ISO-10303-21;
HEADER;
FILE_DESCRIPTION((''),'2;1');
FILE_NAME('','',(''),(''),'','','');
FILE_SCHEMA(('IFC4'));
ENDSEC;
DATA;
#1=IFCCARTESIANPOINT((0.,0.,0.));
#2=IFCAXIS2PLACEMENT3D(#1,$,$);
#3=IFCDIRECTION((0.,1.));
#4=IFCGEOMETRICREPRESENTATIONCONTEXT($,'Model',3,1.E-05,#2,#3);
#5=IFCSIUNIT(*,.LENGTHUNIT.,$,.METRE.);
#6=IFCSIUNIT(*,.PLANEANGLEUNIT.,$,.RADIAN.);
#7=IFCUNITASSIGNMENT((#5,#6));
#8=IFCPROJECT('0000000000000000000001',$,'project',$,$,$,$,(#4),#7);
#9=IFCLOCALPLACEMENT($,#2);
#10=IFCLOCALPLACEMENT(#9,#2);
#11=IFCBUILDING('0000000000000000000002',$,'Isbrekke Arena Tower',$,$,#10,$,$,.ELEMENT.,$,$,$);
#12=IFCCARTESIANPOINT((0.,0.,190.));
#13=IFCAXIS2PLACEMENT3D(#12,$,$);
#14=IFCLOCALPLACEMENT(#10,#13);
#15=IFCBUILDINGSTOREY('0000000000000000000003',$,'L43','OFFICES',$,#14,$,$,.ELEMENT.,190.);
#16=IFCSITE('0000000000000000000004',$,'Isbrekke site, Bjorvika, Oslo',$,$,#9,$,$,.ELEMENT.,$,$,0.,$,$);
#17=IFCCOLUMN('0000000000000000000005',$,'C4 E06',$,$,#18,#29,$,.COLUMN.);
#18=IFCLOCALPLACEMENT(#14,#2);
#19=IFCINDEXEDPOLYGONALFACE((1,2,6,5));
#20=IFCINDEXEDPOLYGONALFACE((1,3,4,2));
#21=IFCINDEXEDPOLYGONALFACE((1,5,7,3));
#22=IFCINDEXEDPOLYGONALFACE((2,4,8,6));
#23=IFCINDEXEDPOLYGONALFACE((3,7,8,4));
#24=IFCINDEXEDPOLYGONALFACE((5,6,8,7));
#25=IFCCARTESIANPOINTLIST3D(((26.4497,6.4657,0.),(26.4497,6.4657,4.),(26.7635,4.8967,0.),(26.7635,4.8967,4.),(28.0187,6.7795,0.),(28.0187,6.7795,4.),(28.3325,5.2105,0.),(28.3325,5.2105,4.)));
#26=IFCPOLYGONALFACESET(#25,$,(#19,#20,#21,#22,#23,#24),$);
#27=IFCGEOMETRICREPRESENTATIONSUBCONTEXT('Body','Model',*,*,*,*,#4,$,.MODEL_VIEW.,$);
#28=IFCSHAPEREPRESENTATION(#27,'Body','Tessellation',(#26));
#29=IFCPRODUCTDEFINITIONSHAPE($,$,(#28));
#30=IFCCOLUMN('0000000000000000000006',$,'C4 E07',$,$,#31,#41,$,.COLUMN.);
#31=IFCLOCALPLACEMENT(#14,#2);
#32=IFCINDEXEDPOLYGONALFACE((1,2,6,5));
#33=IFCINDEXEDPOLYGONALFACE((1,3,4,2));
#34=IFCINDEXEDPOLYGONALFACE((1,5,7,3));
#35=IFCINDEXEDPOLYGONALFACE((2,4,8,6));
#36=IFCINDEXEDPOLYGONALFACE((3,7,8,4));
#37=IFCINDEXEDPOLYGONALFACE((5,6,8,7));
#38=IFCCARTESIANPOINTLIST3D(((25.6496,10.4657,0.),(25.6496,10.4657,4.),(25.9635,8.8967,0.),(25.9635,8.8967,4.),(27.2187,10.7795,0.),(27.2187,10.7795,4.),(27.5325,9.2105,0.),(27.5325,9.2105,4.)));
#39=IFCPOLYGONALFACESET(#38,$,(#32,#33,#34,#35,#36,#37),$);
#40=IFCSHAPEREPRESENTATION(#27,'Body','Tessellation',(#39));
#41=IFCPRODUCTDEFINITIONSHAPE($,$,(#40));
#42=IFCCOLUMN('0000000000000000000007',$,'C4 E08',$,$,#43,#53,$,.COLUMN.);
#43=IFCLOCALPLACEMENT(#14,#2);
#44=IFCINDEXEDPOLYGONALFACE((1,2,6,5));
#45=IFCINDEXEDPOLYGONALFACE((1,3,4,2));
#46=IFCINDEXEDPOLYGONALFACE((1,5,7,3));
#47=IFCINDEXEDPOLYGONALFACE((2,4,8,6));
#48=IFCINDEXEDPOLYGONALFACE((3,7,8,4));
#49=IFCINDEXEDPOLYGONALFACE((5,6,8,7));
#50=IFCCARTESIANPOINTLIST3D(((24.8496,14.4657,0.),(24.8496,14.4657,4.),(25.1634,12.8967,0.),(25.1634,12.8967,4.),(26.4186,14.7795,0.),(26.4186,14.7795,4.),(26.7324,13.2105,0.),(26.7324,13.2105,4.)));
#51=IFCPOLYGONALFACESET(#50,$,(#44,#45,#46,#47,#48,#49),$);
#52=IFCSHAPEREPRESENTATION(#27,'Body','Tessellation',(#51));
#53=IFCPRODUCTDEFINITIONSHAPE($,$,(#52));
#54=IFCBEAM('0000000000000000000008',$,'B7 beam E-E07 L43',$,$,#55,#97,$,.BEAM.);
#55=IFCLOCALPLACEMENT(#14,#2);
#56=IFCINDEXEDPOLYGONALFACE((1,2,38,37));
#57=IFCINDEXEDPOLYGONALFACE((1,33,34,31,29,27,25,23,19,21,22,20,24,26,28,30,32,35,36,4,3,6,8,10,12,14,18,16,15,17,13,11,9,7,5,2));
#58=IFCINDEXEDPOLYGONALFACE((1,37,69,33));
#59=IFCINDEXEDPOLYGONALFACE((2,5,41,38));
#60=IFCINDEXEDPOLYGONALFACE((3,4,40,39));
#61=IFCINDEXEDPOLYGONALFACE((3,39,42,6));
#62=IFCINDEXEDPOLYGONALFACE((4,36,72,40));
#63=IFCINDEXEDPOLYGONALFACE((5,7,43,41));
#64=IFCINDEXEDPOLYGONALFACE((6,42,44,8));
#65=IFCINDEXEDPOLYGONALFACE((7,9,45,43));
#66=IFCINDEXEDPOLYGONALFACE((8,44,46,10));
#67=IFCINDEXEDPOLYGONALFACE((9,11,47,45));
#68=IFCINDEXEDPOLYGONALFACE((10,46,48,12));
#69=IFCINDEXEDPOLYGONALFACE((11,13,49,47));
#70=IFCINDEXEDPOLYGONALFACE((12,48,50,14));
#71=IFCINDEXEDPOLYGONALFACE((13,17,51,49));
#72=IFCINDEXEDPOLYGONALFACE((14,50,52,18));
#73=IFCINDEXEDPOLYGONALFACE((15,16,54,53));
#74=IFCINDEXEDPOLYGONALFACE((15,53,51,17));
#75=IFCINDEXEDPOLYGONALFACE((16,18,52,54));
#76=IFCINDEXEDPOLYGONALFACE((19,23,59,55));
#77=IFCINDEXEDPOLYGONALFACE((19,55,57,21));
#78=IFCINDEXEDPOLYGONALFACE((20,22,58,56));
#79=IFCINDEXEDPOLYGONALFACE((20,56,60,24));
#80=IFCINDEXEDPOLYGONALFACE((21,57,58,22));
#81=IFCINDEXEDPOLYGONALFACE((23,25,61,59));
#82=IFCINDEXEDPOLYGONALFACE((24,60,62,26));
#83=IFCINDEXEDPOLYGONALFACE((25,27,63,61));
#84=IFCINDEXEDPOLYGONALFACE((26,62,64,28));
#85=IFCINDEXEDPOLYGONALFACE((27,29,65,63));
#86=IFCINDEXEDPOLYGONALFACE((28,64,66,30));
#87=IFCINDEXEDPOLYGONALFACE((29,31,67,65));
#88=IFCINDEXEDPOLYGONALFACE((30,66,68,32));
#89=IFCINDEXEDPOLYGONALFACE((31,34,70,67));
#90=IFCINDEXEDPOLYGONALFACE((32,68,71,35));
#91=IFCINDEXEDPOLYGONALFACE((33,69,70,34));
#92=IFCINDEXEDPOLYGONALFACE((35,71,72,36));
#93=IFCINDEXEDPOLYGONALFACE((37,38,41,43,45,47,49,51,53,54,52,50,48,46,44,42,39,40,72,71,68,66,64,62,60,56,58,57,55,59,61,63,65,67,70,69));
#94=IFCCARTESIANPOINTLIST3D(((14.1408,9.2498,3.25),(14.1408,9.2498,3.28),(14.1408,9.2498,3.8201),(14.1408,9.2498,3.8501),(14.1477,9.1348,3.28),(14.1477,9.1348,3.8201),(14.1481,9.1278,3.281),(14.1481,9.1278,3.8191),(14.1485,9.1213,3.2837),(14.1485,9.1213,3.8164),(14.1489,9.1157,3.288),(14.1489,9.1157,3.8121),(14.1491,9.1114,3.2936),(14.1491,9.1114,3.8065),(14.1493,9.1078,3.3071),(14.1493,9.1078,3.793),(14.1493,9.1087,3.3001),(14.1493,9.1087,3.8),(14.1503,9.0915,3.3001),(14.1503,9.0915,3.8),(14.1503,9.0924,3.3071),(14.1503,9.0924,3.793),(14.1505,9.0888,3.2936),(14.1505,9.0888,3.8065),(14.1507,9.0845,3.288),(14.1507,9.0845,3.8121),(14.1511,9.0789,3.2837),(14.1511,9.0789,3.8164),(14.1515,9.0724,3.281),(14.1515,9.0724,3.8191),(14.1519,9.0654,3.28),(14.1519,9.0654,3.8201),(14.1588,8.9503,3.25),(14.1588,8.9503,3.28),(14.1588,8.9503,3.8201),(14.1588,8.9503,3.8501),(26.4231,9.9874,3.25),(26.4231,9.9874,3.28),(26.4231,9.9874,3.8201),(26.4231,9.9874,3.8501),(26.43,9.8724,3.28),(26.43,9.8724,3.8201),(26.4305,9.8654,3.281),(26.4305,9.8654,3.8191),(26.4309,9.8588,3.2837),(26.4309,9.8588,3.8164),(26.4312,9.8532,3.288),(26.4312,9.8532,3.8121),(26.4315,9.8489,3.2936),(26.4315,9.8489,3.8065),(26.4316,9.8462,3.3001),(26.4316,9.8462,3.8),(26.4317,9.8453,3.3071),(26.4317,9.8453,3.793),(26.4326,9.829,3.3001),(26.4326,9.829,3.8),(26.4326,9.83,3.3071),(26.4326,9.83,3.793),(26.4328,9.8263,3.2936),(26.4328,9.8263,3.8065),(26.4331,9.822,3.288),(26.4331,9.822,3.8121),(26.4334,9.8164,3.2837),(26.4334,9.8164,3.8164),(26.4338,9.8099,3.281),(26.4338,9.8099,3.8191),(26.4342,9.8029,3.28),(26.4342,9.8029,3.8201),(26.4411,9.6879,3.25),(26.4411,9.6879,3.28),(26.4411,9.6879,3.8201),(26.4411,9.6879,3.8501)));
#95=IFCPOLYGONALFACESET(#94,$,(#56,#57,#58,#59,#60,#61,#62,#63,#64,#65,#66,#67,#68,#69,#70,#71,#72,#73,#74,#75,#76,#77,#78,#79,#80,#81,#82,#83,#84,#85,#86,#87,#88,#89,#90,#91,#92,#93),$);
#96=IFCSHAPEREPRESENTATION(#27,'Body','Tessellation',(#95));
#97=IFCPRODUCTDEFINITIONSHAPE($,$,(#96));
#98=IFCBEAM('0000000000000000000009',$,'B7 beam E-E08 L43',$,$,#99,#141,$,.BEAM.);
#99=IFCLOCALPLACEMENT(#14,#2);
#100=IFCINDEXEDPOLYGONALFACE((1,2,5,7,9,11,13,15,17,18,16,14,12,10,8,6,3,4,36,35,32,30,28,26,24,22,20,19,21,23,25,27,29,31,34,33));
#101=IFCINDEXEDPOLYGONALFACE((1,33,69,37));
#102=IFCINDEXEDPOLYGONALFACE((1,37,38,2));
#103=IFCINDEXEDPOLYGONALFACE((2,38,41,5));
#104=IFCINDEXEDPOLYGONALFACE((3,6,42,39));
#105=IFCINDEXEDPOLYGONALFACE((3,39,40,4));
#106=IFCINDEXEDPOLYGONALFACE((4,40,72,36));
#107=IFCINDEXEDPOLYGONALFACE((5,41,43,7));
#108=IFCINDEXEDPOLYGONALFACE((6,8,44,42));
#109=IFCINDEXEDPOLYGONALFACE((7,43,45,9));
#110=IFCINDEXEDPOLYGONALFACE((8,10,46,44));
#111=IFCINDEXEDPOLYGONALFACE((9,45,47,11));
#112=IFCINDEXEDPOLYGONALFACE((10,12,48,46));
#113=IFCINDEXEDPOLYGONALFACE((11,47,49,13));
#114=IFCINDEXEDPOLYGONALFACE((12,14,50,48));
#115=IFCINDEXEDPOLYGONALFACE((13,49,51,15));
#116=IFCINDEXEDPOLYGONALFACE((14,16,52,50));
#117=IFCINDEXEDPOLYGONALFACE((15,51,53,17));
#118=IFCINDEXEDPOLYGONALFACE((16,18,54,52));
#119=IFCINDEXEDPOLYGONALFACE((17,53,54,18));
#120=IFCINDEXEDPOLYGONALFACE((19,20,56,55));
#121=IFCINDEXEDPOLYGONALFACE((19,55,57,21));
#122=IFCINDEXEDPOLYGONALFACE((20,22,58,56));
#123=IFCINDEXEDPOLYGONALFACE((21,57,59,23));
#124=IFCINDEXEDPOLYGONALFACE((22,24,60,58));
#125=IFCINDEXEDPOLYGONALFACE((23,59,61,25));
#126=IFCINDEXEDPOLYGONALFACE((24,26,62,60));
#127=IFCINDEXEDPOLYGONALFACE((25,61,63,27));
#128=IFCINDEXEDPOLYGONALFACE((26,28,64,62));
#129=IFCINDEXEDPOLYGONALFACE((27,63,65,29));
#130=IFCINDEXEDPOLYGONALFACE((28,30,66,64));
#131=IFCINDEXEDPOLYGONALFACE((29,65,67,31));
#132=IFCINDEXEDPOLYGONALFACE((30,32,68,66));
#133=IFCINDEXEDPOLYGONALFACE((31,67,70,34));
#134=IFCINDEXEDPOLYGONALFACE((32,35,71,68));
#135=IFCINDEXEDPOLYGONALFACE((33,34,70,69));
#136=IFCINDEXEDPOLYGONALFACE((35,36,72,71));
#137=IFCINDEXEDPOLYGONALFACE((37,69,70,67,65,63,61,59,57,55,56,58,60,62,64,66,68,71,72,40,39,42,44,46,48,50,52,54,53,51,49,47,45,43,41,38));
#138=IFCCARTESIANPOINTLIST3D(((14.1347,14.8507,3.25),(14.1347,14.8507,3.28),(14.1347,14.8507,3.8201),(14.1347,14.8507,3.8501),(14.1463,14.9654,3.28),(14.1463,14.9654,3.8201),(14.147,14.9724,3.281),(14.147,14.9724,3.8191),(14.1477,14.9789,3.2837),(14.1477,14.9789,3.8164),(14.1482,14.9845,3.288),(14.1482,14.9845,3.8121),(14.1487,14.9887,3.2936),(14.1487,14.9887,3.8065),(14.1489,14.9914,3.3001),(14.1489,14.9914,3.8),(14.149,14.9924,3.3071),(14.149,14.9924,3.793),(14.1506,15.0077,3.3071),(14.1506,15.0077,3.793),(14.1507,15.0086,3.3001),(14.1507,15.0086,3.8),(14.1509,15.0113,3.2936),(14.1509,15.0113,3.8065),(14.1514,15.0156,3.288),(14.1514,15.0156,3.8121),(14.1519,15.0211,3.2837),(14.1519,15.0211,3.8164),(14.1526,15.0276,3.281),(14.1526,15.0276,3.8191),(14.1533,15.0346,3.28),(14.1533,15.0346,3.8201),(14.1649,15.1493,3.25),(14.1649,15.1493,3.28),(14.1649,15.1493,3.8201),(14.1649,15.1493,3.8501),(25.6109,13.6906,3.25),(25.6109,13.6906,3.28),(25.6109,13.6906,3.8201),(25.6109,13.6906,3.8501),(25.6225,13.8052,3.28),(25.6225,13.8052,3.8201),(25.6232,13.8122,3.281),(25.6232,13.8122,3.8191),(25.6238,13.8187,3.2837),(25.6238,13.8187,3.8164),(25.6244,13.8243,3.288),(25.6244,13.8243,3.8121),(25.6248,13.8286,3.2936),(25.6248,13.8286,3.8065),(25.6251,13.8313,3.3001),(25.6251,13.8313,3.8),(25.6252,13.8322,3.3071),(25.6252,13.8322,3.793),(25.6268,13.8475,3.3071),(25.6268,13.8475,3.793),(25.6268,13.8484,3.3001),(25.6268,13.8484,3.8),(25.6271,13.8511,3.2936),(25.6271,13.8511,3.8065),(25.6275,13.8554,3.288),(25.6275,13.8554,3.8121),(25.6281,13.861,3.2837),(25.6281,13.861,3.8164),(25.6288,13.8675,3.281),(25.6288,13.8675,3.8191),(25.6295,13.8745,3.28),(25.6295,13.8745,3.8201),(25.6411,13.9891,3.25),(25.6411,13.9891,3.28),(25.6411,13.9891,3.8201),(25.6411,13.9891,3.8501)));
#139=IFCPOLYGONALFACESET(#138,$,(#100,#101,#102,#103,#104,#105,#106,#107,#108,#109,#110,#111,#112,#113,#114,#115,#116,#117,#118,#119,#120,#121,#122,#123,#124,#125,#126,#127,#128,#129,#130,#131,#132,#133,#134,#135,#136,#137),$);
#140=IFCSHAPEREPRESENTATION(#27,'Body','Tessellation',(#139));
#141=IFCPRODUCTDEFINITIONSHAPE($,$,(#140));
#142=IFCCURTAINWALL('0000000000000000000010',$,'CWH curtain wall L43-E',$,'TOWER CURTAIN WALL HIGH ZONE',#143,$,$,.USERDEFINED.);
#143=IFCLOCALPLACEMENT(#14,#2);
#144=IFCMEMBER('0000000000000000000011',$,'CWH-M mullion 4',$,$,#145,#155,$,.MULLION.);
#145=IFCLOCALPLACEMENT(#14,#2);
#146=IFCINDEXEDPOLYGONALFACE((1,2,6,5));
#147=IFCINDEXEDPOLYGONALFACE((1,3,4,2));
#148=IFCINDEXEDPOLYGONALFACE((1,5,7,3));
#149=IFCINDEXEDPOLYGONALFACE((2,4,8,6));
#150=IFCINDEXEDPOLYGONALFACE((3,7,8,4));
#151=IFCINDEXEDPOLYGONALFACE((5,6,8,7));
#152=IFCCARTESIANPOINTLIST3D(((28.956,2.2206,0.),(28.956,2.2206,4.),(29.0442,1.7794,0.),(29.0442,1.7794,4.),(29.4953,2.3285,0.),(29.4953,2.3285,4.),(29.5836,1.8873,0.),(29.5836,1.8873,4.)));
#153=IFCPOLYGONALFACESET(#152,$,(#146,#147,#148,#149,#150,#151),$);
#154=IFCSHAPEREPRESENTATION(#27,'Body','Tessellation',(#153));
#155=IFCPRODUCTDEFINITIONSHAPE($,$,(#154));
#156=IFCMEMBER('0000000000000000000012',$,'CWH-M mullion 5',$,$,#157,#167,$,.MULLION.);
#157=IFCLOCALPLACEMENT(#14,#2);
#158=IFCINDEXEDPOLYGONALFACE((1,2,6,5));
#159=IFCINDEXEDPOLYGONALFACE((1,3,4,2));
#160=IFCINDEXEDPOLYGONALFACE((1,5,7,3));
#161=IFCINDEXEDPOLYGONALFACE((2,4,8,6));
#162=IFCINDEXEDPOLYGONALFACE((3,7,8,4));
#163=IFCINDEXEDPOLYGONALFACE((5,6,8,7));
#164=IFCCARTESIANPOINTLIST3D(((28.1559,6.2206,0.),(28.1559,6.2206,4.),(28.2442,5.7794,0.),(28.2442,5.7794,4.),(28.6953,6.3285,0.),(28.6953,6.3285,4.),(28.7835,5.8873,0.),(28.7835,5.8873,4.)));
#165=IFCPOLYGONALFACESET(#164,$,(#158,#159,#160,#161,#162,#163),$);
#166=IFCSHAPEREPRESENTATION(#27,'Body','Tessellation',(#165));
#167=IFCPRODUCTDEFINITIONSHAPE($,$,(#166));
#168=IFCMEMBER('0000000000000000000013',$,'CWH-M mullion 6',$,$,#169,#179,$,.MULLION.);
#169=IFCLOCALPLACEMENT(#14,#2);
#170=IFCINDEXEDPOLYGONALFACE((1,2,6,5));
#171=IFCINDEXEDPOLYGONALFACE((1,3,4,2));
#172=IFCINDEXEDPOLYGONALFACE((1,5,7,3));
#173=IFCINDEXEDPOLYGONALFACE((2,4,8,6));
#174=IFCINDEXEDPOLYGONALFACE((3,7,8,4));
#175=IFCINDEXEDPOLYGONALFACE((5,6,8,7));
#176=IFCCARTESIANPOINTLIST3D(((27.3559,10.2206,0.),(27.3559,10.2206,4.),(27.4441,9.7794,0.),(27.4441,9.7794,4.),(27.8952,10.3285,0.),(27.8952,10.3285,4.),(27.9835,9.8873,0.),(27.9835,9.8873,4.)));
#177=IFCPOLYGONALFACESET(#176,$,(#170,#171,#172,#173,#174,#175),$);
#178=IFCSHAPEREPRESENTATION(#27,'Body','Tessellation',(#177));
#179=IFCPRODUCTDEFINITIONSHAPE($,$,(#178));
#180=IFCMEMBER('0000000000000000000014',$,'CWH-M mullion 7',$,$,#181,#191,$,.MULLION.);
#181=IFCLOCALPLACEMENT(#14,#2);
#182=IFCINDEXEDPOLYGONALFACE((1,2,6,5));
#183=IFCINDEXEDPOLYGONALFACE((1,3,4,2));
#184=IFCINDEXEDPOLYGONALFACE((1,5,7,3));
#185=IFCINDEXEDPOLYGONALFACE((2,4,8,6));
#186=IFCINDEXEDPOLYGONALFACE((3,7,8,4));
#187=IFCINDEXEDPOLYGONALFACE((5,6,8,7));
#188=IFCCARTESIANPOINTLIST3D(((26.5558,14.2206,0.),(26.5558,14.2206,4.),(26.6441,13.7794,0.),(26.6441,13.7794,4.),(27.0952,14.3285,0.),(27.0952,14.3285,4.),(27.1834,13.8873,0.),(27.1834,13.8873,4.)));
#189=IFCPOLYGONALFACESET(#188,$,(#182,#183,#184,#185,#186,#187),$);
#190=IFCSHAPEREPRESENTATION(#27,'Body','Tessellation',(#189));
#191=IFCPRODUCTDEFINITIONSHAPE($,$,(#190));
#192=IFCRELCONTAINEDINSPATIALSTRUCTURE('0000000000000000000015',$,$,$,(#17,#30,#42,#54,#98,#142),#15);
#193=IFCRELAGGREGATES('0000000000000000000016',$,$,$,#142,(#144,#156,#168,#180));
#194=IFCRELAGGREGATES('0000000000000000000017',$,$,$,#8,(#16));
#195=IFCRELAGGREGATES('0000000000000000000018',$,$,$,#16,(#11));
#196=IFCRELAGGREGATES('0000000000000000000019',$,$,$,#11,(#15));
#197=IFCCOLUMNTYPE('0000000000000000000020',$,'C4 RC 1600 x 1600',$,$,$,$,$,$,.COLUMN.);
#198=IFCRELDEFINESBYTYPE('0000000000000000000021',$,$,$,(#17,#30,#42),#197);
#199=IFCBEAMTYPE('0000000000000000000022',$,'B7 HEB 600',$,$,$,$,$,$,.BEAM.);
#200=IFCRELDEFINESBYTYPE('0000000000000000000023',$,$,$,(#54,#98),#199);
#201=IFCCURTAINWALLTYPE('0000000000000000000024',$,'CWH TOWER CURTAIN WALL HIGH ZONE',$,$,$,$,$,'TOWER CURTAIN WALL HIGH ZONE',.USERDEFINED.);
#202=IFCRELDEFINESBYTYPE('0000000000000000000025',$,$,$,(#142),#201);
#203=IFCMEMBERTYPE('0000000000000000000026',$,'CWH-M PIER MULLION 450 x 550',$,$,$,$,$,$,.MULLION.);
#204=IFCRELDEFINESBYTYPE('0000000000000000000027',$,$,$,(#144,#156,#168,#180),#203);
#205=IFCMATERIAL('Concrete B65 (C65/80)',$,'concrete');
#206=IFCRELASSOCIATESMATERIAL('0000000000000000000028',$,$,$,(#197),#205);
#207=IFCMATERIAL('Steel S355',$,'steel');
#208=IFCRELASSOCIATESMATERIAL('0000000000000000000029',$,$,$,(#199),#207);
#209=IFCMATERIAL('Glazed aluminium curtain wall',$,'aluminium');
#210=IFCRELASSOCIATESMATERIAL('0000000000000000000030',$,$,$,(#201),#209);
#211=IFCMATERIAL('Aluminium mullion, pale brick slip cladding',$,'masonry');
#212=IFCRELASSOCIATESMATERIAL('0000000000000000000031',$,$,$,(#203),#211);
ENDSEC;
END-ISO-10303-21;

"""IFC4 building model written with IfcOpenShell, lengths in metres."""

from ifc_helpers import new_model, si_unit, direction, frame, origin, origin_2d, place, context, subcontext, project, spatial, rectangle, i_section, extrude, material, material_profile, profile_set, type_object, element, aggregate, save


model = new_model("IFC4")

# Units and contexts
model_context = context("Model", 3, precision=1e-05, world=origin(), true_north=direction((0.0, 1.0)))
body_context = subcontext(model_context, "Body", "Model", "MODEL_VIEW")
ifc_project = project(units=[si_unit("LENGTHUNIT", "METRE"), si_unit("PLANEANGLEUNIT", "RADIAN")], contexts=[model_context])

# Site, building, storey
site_placement = place(None, origin())
site = spatial("IfcSite", under=ifc_project, at=site_placement, Name="Isbrekke site, Bjorvika, Oslo", CompositionType="ELEMENT", RefElevation=0.0)
building_placement = place(site_placement, origin())
building = spatial("IfcBuilding", under=site, at=building_placement, Name="Isbrekke Arena Tower", CompositionType="ELEMENT")
storey_placement = place(building_placement, frame((0.0, 0.0, 190.0)))
storey = spatial("IfcBuildingStorey", under=building, at=storey_placement, Name="L43", Description="OFFICES", CompositionType="ELEMENT", Elevation=190.0)

# Columns
ifc_material_1 = material(Name="Concrete B65 (C65/80)", Category="concrete")
ifc_material_profile_1 = material_profile(ifc_material_1, rectangle(XDim=1.6001, YDim=1.6001, at=origin_2d()), Name="RC 1600x1600")
ifc_profile_set_1 = profile_set([ifc_material_profile_1], Name="Concrete B65 (C65/80)")
column_type = type_object("IfcColumnType", Name="C4 RC 1600 x 1600", PredefinedType="COLUMN", material=ifc_profile_set_1)
for number, where, z_axis, x_axis, name in (
    (1, (27.3911, 5.8381, 0.0), (0.0, 0.0, 1.0), (-0.196116, 0.980581, 0.0), "C4 E06"),
    (2, (26.5911, 9.8381, 0.0), (0.0, 0.0, 1.0), (-0.196116, 0.980581, 0.0), "C4 E07"),
    (3, (25.791, 13.8381, 0.0), (0.0, 0.0, 1.0), (-0.196116, 0.980581, 0.0), "C4 E08"),
):
    element("IfcColumn", number, at=place(storey_placement, frame(where, z_axis=z_axis, x_axis=x_axis)), inside=storey, type_object=column_type, Name=name, PredefinedType="COLUMN", context=body_context, shape_type="SweptSolid", body=[
        extrude(rectangle(XDim=1.6001, YDim=1.6001, at=origin_2d()), origin(), (0.0, 0.0, 1.0), 4.0),
    ])

# Beams
ifc_material_2 = material(Name="Steel S355", Category="steel")
ifc_material_profile_2 = material_profile(ifc_material_2, i_section(OverallWidth=0.3, OverallDepth=0.6001, WebThickness=0.0154, FlangeThickness=0.03, FilletRadius=0.0271, at=origin_2d()), Name="HEB 600")
ifc_profile_set_2 = profile_set([ifc_material_profile_2], Name="Steel S355")
beam_type_1 = type_object("IfcBeamType", Name="B7 HEB 600", PredefinedType="BEAM", material=ifc_profile_set_2)
beam_1_placement = place(storey_placement, frame((26.4321, 9.8376, 3.55), z_axis=(-0.998202, -0.059942, 0.0), x_axis=(0.059942, -0.998202, 0.0)))
element("IfcBeam", 4, at=beam_1_placement, inside=storey, type_object=beam_type_1, Name="B7 beam E-E07 L43", PredefinedType="BEAM", context=body_context, shape_type="SweptSolid", body=[
    extrude(i_section(OverallWidth=0.3, OverallDepth=0.6001, WebThickness=0.0154, FlangeThickness=0.03, FilletRadius=0.0271, at=origin_2d()), origin(), (0.0, 0.0, 1.0), 12.3044),
])
beam_2_placement = place(storey_placement, frame((25.626, 13.8398, 3.55), z_axis=(-0.994929, 0.100581, 0.0), x_axis=(-0.100581, -0.994929, 0.0)))
element("IfcBeam", 5, at=beam_2_placement, inside=storey, type_object=beam_type_1, Name="B7 beam E-E08 L43", PredefinedType="BEAM", context=body_context, shape_type="SweptSolid", body=[
    extrude(i_section(OverallWidth=0.3, OverallDepth=0.6001, WebThickness=0.0154, FlangeThickness=0.03, FilletRadius=0.0271, at=origin_2d()), origin(), (0.0, 0.0, 1.0), 11.5347),
])

# Curtain wall, members
ifc_material_3 = material(Name="Glazed aluminium curtain wall", Category="aluminium")
curtain_wall_type = type_object("IfcCurtainWallType", Name="CWH TOWER CURTAIN WALL HIGH ZONE", ElementType="TOWER CURTAIN WALL HIGH ZONE", PredefinedType="USERDEFINED", material=ifc_material_3)
curtain_wall_placement = place(storey_placement, origin())
curtain_wall = element("IfcCurtainWall", 6, at=curtain_wall_placement, inside=storey, type_object=curtain_wall_type, Name="CWH curtain wall L43-E", ObjectType="TOWER CURTAIN WALL HIGH ZONE", PredefinedType="USERDEFINED")
ifc_material_4 = material(Name="Aluminium mullion, pale brick slip cladding", Category="masonry")
ifc_material_profile_3 = material_profile(ifc_material_4, rectangle(XDim=0.45, YDim=0.55, at=origin_2d()), Name="PIER 450X550")
ifc_profile_set_3 = profile_set([ifc_material_profile_3], Name="Aluminium mullion, pale brick slip cladding")
member_type_1 = type_object("IfcMemberType", Name="CWH-M PIER MULLION 450 x 550", PredefinedType="MULLION", material=ifc_profile_set_3)
member_1_placement = place(storey_placement, frame((29.2698, 2.054, 0.0), z_axis=(0.0, 0.0, 1.0), x_axis=(-0.196116, 0.980581, 0.0)))
member_1 = element("IfcMember", 7, at=member_1_placement, type_object=member_type_1, Name="CWH-M mullion 4", PredefinedType="MULLION", context=body_context, shape_type="SweptSolid", body=[
    extrude(rectangle(XDim=0.45, YDim=0.55, at=origin_2d()), origin(), (0.0, 0.0, 1.0), 4.0),
])
member_2_placement = place(storey_placement, frame((28.4697, 6.054, 0.0), z_axis=(0.0, 0.0, 1.0), x_axis=(-0.196116, 0.980581, 0.0)))
member_2 = element("IfcMember", 8, at=member_2_placement, type_object=member_type_1, Name="CWH-M mullion 5", PredefinedType="MULLION", context=body_context, shape_type="SweptSolid", body=[
    extrude(rectangle(XDim=0.45, YDim=0.55, at=origin_2d()), origin(), (0.0, 0.0, 1.0), 4.0),
])
member_3_placement = place(storey_placement, frame((27.6697, 10.054, 0.0), z_axis=(0.0, 0.0, 1.0), x_axis=(-0.196116, 0.980581, 0.0)))
member_3 = element("IfcMember", 9, at=member_3_placement, type_object=member_type_1, Name="CWH-M mullion 6", PredefinedType="MULLION", context=body_context, shape_type="SweptSolid", body=[
    extrude(rectangle(XDim=0.45, YDim=0.55, at=origin_2d()), origin(), (0.0, 0.0, 1.0), 4.0),
])
member_4_placement = place(storey_placement, frame((26.8696, 14.054, 0.0), z_axis=(0.0, 0.0, 1.0), x_axis=(-0.196116, 0.980581, 0.0)))
member_4 = element("IfcMember", 10, at=member_4_placement, type_object=member_type_1, Name="CWH-M mullion 7", PredefinedType="MULLION", context=body_context, shape_type="SweptSolid", body=[
    extrude(rectangle(XDim=0.45, YDim=0.55, at=origin_2d()), origin(), (0.0, 0.0, 1.0), 4.0),
])

aggregate(curtain_wall, [member_1, member_2, member_3, member_4])

save(model, "model.ifc")
